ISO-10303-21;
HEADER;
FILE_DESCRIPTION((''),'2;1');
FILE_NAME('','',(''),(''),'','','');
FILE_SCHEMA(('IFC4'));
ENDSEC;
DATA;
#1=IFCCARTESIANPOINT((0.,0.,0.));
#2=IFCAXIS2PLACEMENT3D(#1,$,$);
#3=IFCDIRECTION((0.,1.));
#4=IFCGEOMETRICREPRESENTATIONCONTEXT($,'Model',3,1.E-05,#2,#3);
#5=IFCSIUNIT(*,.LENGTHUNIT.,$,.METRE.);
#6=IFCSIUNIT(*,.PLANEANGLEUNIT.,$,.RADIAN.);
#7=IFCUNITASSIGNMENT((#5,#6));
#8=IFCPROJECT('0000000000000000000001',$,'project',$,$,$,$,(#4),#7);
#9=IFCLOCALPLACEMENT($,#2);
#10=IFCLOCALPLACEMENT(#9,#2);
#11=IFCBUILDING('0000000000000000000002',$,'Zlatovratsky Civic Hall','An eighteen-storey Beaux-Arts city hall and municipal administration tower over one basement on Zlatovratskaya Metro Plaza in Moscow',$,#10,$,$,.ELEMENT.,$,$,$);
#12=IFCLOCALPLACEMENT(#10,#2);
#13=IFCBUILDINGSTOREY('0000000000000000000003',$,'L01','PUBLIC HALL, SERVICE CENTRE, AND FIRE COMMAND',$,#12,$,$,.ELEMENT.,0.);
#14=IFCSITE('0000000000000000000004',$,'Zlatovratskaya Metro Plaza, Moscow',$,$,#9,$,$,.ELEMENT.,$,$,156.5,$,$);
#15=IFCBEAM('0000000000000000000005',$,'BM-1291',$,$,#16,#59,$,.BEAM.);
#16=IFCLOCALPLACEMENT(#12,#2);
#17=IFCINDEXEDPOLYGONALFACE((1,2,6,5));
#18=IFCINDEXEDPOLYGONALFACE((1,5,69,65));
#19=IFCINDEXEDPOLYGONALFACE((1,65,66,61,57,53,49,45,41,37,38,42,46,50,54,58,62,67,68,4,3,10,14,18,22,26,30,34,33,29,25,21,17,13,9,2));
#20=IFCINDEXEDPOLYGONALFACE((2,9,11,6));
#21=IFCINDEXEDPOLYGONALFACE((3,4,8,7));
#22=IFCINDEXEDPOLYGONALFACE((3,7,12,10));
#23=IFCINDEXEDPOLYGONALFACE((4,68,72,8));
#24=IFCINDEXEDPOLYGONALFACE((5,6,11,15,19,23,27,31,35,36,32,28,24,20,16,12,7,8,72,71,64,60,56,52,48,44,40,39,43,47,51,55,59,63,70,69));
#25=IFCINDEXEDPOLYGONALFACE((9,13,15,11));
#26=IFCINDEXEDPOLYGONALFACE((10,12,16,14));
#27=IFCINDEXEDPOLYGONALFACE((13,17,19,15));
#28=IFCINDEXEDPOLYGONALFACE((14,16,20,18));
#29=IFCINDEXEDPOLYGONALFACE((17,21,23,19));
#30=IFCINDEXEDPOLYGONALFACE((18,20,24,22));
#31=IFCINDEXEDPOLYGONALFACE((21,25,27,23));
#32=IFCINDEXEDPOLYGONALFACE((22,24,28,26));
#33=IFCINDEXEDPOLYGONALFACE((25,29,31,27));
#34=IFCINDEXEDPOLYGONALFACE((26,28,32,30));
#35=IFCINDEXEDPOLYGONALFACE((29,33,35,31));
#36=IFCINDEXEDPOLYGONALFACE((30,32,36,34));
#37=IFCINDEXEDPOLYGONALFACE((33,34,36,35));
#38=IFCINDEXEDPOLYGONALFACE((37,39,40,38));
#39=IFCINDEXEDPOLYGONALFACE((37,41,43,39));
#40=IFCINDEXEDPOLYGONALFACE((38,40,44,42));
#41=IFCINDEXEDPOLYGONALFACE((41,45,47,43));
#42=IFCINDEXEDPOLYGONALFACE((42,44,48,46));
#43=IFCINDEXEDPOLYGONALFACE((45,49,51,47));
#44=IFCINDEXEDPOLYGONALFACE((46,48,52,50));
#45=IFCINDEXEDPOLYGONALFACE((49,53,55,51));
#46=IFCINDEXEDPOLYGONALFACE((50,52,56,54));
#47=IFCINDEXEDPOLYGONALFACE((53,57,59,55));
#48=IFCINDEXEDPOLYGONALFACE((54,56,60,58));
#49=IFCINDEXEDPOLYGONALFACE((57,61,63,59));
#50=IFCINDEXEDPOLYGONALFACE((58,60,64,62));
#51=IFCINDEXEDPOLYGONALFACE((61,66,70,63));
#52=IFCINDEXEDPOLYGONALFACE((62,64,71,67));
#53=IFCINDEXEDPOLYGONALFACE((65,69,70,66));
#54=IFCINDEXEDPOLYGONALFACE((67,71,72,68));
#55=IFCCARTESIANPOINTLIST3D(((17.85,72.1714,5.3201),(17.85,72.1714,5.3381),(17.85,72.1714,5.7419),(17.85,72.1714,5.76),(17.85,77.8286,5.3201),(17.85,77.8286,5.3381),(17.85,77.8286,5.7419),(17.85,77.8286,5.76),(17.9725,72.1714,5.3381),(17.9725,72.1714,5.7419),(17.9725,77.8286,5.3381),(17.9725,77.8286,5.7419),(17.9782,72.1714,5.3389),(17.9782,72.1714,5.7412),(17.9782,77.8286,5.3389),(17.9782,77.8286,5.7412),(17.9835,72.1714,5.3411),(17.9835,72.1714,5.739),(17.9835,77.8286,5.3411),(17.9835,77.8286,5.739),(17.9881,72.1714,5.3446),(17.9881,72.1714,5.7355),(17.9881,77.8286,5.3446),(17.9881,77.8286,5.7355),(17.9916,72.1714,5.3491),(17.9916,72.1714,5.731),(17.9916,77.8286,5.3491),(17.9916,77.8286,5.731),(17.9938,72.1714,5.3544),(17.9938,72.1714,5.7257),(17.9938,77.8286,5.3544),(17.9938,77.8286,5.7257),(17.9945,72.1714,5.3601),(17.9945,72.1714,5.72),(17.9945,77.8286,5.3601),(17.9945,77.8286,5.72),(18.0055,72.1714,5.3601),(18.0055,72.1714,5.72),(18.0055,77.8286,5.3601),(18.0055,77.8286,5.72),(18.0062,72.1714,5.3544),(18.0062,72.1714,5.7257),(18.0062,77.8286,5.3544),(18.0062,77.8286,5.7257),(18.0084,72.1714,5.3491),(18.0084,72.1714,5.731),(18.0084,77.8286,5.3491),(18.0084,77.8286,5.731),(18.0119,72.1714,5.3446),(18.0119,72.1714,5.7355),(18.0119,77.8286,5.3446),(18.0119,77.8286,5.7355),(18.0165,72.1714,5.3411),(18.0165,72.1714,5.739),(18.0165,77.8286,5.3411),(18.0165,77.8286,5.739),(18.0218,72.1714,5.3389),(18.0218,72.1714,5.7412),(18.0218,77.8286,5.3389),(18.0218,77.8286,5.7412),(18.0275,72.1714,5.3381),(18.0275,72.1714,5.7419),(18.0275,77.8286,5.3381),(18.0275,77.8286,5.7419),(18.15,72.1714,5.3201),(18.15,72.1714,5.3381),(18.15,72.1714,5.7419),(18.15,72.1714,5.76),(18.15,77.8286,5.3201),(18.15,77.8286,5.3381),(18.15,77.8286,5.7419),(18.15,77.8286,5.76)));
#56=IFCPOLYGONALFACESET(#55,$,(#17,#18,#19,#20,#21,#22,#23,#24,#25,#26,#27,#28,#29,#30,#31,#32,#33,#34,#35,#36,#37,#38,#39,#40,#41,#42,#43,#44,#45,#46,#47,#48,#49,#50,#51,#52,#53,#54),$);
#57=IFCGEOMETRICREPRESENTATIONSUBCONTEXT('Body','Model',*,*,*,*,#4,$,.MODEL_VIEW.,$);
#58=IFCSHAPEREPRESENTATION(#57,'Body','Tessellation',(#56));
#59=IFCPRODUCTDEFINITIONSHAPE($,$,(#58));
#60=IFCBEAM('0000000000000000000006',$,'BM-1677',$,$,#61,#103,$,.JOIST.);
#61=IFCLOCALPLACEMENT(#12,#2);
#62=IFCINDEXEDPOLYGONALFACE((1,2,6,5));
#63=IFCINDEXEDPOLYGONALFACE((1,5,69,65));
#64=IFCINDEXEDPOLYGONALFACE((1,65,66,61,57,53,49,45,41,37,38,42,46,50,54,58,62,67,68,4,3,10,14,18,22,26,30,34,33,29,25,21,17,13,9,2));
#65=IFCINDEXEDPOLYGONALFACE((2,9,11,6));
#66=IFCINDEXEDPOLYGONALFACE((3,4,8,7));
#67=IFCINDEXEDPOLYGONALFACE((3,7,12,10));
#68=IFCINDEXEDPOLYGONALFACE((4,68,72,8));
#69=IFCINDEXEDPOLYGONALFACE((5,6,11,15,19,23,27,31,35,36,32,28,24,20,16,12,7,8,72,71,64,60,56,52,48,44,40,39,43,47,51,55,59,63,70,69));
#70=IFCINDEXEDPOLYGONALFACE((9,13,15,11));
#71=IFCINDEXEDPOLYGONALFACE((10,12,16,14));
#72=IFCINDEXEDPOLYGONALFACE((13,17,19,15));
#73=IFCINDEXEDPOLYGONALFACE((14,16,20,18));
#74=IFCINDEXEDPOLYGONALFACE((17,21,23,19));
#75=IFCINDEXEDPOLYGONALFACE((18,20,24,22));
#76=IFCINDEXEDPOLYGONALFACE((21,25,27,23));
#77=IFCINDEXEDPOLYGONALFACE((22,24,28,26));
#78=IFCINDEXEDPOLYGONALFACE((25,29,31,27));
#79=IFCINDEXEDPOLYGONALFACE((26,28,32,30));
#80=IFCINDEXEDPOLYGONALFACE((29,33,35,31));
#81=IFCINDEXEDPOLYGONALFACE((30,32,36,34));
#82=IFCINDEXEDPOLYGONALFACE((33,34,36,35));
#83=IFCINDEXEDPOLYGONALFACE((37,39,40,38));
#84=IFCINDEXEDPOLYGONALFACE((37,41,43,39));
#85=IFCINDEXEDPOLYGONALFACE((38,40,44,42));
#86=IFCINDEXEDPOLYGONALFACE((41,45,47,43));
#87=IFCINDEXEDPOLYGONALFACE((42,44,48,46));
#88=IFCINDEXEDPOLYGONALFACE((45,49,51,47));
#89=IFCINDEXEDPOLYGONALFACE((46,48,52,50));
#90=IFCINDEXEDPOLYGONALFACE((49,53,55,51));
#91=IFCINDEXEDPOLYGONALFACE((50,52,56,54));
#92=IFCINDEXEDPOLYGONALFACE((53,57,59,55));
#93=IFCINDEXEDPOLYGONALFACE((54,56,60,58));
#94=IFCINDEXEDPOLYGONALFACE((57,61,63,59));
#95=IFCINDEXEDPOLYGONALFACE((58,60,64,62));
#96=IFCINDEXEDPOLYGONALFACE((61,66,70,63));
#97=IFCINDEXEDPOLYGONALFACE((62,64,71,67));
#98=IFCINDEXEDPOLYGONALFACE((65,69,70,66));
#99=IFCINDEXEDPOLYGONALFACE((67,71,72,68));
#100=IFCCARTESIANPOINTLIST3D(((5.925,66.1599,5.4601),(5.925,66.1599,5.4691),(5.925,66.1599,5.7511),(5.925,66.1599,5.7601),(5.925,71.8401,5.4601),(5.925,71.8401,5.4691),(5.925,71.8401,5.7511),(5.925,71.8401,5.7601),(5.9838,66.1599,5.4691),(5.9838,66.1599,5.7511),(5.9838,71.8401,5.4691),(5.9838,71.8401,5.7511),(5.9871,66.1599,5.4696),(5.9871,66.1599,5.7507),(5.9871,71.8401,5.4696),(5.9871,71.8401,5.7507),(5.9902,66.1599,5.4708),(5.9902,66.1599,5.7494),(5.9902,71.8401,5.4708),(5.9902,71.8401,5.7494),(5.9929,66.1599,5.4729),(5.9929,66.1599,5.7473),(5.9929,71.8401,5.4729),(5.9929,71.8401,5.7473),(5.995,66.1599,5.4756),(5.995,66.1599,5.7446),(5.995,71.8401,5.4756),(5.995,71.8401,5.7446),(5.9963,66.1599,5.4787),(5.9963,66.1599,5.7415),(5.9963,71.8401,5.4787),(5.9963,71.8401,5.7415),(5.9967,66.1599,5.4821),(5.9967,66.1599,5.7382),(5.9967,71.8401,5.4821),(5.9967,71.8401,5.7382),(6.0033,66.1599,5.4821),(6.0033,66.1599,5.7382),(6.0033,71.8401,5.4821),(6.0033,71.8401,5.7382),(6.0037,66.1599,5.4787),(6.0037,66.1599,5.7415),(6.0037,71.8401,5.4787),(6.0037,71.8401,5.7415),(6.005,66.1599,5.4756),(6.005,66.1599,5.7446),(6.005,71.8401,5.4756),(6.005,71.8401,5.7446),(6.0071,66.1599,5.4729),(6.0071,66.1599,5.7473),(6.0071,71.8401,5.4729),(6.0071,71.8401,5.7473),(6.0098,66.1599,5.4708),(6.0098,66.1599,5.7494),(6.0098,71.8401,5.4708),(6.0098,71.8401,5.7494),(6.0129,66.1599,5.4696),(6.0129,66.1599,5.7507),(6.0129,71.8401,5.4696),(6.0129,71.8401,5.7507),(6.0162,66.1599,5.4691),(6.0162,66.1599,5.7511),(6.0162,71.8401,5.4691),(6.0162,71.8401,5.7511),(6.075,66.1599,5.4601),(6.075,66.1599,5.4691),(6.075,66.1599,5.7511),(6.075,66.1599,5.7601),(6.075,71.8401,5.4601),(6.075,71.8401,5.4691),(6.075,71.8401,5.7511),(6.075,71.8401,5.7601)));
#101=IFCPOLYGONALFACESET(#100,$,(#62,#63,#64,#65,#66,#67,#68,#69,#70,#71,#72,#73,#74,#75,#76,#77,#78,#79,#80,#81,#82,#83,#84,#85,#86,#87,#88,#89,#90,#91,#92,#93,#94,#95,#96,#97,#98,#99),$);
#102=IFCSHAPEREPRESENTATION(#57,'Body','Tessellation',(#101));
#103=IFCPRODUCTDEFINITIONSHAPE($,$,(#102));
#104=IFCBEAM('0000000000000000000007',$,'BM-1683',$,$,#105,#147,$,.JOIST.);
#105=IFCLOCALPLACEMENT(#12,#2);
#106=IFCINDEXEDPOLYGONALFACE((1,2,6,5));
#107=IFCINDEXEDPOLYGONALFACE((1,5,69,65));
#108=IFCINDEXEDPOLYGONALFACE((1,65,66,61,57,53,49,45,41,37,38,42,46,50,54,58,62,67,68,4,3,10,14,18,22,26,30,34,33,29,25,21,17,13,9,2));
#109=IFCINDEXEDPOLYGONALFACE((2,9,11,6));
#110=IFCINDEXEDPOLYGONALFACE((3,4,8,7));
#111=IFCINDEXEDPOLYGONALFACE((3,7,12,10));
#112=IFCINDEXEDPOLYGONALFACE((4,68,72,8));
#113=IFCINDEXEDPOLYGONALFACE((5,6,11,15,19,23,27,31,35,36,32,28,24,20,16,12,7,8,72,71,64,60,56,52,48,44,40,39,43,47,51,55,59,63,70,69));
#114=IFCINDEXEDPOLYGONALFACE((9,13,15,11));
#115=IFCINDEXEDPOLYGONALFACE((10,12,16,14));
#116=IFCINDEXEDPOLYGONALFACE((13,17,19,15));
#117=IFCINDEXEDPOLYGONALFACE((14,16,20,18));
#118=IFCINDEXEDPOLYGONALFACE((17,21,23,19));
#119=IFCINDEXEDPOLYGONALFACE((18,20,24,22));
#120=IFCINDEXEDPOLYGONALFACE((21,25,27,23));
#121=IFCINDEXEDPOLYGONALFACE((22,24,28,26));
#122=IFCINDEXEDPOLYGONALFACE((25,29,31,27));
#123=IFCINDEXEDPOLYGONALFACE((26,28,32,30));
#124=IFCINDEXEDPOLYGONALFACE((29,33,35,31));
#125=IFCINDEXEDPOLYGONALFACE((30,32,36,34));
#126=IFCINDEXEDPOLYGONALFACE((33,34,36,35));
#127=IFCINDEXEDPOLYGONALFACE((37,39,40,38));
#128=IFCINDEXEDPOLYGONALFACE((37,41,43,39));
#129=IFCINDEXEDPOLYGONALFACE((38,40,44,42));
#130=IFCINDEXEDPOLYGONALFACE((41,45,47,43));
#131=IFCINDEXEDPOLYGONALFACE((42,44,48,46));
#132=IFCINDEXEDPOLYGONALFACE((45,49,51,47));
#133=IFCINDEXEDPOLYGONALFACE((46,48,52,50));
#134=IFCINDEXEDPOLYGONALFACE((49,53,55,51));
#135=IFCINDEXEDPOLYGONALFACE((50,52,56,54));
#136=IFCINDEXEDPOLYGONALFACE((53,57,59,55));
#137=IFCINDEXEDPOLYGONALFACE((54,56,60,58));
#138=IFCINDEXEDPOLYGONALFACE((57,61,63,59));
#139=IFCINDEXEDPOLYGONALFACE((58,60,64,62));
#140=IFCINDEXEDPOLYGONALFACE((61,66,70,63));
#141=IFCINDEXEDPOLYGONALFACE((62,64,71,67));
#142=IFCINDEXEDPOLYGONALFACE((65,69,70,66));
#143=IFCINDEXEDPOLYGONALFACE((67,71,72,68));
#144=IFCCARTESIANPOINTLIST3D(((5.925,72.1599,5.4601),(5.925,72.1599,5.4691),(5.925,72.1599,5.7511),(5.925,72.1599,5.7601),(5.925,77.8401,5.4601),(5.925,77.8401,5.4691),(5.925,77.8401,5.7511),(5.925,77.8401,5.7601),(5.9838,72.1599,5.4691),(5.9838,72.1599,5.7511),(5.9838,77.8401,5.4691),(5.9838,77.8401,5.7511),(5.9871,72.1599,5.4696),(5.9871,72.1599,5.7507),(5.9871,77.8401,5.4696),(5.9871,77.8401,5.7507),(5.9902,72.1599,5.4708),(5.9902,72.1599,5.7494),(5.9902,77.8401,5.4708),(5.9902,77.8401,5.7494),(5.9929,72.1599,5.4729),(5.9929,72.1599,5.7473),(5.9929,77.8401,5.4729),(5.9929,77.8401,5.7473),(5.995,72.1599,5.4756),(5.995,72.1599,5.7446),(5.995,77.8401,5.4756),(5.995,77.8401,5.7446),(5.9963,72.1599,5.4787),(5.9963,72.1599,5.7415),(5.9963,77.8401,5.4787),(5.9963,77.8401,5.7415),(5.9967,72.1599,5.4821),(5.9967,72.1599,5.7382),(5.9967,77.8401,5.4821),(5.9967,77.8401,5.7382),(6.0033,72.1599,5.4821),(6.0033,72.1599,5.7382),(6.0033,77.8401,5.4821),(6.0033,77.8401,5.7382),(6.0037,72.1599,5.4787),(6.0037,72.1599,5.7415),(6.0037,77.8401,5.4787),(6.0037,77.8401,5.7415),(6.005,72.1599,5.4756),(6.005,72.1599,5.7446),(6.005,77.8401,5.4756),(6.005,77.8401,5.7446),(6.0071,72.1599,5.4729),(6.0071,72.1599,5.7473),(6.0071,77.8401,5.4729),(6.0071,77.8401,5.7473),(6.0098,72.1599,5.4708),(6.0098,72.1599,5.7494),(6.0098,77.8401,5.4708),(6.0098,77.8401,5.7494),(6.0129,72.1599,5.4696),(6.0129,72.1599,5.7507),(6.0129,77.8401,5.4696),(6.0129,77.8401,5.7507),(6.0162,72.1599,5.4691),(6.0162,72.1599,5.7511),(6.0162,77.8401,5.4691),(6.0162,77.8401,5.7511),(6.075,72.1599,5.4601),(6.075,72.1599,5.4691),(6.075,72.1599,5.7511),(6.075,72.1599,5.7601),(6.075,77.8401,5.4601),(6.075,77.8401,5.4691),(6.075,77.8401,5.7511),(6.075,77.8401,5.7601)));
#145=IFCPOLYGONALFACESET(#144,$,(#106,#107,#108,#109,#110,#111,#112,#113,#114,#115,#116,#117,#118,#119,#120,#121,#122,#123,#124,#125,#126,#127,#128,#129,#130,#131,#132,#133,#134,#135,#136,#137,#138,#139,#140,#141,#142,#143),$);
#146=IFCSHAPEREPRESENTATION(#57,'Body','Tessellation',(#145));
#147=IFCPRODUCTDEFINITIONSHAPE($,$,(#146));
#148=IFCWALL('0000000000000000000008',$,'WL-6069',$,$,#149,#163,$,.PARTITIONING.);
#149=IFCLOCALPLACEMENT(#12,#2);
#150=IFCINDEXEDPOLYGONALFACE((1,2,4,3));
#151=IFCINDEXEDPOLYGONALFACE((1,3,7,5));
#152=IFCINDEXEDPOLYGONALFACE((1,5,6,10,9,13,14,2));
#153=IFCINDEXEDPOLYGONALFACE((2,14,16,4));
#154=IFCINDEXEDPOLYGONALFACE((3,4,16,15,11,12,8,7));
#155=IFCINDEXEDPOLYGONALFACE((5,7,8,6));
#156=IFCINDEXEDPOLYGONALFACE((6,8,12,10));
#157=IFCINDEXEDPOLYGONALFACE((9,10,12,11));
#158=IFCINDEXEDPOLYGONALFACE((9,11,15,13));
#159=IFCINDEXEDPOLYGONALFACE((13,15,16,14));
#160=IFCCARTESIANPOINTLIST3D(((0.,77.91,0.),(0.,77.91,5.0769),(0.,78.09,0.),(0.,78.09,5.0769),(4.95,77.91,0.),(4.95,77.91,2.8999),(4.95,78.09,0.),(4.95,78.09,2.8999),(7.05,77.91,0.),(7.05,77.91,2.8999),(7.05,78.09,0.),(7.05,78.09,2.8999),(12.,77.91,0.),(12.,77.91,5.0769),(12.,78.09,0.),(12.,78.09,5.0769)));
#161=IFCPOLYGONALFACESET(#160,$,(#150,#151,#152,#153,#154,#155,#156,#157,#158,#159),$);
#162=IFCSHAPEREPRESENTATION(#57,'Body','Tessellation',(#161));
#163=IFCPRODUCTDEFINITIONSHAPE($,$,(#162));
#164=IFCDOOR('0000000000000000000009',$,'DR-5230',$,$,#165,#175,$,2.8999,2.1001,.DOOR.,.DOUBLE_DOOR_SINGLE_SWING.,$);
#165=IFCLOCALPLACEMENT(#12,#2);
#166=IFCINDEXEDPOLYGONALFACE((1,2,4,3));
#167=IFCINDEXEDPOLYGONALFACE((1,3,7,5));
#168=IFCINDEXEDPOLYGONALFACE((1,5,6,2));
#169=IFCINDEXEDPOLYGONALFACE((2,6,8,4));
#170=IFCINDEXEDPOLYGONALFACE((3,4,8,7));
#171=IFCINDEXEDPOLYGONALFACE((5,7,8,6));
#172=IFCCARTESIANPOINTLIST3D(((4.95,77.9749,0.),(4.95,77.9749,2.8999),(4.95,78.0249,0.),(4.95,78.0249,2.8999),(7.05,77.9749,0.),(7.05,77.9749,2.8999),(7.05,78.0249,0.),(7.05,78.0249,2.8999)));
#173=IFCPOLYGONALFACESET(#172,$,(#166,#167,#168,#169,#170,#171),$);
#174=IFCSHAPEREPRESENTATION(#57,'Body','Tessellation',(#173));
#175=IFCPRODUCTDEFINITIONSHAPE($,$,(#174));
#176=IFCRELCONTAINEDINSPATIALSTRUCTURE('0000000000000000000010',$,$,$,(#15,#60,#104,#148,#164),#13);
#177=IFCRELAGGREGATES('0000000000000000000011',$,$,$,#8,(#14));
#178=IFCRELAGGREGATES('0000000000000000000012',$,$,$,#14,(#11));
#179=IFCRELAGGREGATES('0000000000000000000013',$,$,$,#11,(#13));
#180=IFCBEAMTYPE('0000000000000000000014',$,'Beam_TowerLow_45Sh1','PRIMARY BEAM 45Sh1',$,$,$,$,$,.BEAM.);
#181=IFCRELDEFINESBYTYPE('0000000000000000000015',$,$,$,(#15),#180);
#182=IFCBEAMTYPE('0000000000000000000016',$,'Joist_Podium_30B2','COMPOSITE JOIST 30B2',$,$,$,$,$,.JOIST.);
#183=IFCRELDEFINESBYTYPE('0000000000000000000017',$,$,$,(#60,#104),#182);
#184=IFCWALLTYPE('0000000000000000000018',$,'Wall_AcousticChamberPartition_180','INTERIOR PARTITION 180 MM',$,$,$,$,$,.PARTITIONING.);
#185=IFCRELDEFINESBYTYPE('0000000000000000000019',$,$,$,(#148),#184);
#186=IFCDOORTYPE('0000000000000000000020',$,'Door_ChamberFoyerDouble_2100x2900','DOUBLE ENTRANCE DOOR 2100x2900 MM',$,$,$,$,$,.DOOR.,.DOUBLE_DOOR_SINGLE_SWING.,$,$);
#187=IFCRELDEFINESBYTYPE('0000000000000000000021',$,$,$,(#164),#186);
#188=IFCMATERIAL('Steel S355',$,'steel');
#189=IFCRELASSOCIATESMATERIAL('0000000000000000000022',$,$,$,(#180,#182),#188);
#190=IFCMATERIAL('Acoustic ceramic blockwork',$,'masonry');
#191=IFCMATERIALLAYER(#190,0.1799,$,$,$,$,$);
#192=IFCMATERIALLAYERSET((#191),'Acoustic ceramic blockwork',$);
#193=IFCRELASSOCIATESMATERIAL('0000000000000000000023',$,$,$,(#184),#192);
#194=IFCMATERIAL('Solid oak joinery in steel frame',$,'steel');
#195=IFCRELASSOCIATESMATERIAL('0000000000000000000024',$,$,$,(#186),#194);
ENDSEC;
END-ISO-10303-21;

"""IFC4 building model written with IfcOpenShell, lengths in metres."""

from ifc_helpers import new_model, si_unit, direction, frame, frame_2d, origin, origin_2d, place, context, subcontext, project, spatial, rectangle, i_section, extrude, material, layer, layer_set, material_profile, profile_set, type_object, element, fill, save


model = new_model("IFC4")

# Units and contexts
model_context = context("Model", 3, precision=1e-05, world=origin(), true_north=direction((0.0, 1.0)))
body_context = subcontext(model_context, "Body", "Model", "MODEL_VIEW")
ifc_project = project(units=[si_unit("LENGTHUNIT", "METRE"), si_unit("PLANEANGLEUNIT", "RADIAN")], contexts=[model_context])

# Site, building, storey
site_placement = place(None, origin())
site = spatial("IfcSite", under=ifc_project, at=site_placement, Name="Zlatovratskaya Metro Plaza, Moscow", CompositionType="ELEMENT", RefElevation=156.5)
building_placement = place(site_placement, origin())
building = spatial("IfcBuilding", under=site, at=building_placement, Name="Zlatovratsky Civic Hall", Description="An eighteen-storey Beaux-Arts city hall and municipal administration tower over one basement on Zlatovratskaya Metro Plaza in Moscow", CompositionType="ELEMENT")
storey_placement = place(building_placement, origin())
storey = spatial("IfcBuildingStorey", under=building, at=storey_placement, Name="L01", Description="PUBLIC HALL, SERVICE CENTRE, AND FIRE COMMAND", CompositionType="ELEMENT", Elevation=0.0)

# Shared definitions
ifc_material_1 = material(Name="Steel S355", Category="steel")

# Beams
ifc_material_profile_1 = material_profile(ifc_material_1, i_section(OverallWidth=0.3, OverallDepth=0.4399, WebThickness=0.011, FlangeThickness=0.0181, FilletRadius=0.022, at=origin_2d()), Name="45Sh1")
ifc_profile_set_1 = profile_set([ifc_material_profile_1], Name="Steel S355")
beam_type_1 = type_object("IfcBeamType", Name="Beam_TowerLow_45Sh1", Description="PRIMARY BEAM 45Sh1", PredefinedType="BEAM", material=ifc_profile_set_1)
for number, where, z_axis, x_axis, name in (
    (1, (18.0, 72.1714, 5.54), (0.0, 1.0, 0.0), (-1.0, 0.0, 0.0), "BM-1291"),
):
    element("IfcBeam", number, at=place(storey_placement, frame(where, z_axis=z_axis, x_axis=x_axis)), inside=storey, type_object=beam_type_1, Name=name, PredefinedType="BEAM", context=body_context, shape_type="SweptSolid", body=[
        extrude(i_section(OverallWidth=0.3, OverallDepth=0.4399, WebThickness=0.011, FlangeThickness=0.0181, FilletRadius=0.022, at=origin_2d()), origin(), (0.0, 0.0, 1.0), 5.6572),
    ])
ifc_material_profile_2 = material_profile(ifc_material_1, i_section(OverallWidth=0.1499, OverallDepth=0.3, WebThickness=0.0066, FlangeThickness=0.009, FilletRadius=0.0129, at=origin_2d()), Name="30B2")
ifc_profile_set_2 = profile_set([ifc_material_profile_2], Name="Steel S355")
beam_type_2 = type_object("IfcBeamType", Name="Joist_Podium_30B2", Description="COMPOSITE JOIST 30B2", PredefinedType="JOIST", material=ifc_profile_set_2)
for number, where, z_axis, x_axis, name in (
    (2, (6.0, 66.1599, 5.6101), (0.0, 1.0, 0.0), (-1.0, 0.0, 0.0), "BM-1677"),
    (3, (6.0, 72.1599, 5.6101), (0.0, 1.0, 0.0), (-1.0, 0.0, 0.0), "BM-1683"),
):
    element("IfcBeam", number, at=place(storey_placement, frame(where, z_axis=z_axis, x_axis=x_axis)), inside=storey, type_object=beam_type_2, Name=name, PredefinedType="JOIST", context=body_context, shape_type="SweptSolid", body=[
        extrude(i_section(OverallWidth=0.1499, OverallDepth=0.3, WebThickness=0.0066, FlangeThickness=0.009, FilletRadius=0.0129, at=origin_2d()), origin(), (0.0, 0.0, 1.0), 5.6802),
    ])

# Wall, opening, door
ifc_material_2 = material(Name="Acoustic ceramic blockwork", Category="masonry")
ifc_layer_1 = layer(ifc_material_2, 0.1799)
ifc_layer_set_1 = layer_set([ifc_layer_1], Name="Acoustic ceramic blockwork")
wall_type_1 = type_object("IfcWallType", Name="Wall_AcousticChamberPartition_180", Description="INTERIOR PARTITION 180 MM", PredefinedType="PARTITIONING", material=ifc_layer_set_1)
wall_1_placement = place(storey_placement, frame((0.0, 78.0, 0.0), z_axis=(0.0, 0.0, 1.0), x_axis=(1.0, 0.0, 0.0)))
wall_1 = element("IfcWall", 4, at=wall_1_placement, inside=storey, type_object=wall_type_1, Name="WL-6069", PredefinedType="PARTITIONING", context=body_context, shape_type="SweptSolid", body=[
    extrude(rectangle(XDim=12.0, YDim=0.1799, at=frame_2d((6.0, 0.0))), origin(), (0.0, 0.0, 1.0), 5.0769),
])
opening_1_placement = place(wall_1_placement, frame((4.95, 0.0, 0.0)))
opening_1 = element("IfcOpeningElement", 5, at=opening_1_placement, cuts=wall_1, PredefinedType="OPENING", context=body_context, shape_type="SweptSolid", body=[
    extrude(rectangle(XDim=2.1001, YDim=2.8999, at=frame_2d((1.05, 1.45))), frame((0.0, 0.105, 0.0), z_axis=(0.0, -1.0, 0.0), x_axis=(1.0, 0.0, 0.0)), (0.0, 0.0, 1.0), 0.2097),
])
ifc_material_3 = material(Name="Solid oak joinery in steel frame", Category="steel")
door_type = type_object("IfcDoorType", Name="Door_ChamberFoyerDouble_2100x2900", Description="DOUBLE ENTRANCE DOOR 2100x2900 MM", OperationType="DOUBLE_DOOR_SINGLE_SWING", PredefinedType="DOOR", material=ifc_material_3)
door_placement = place(opening_1_placement, origin())
door = element("IfcDoor", 6, at=door_placement, inside=storey, type_object=door_type, Name="DR-5230", OperationType="DOUBLE_DOOR_SINGLE_SWING", OverallHeight=2.8999, OverallWidth=2.1001, PredefinedType="DOOR", context=body_context, shape_type="SweptSolid", body=[
    extrude(rectangle(XDim=2.1001, YDim=2.8999, at=frame_2d((1.05, 1.45))), frame((0.0, 0.0249, 0.0), z_axis=(0.0, -1.0, 0.0), x_axis=(1.0, 0.0, 0.0)), (0.0, 0.0, 1.0), 0.05),
])
fill(opening_1, door)

save(model, "model.ifc")
